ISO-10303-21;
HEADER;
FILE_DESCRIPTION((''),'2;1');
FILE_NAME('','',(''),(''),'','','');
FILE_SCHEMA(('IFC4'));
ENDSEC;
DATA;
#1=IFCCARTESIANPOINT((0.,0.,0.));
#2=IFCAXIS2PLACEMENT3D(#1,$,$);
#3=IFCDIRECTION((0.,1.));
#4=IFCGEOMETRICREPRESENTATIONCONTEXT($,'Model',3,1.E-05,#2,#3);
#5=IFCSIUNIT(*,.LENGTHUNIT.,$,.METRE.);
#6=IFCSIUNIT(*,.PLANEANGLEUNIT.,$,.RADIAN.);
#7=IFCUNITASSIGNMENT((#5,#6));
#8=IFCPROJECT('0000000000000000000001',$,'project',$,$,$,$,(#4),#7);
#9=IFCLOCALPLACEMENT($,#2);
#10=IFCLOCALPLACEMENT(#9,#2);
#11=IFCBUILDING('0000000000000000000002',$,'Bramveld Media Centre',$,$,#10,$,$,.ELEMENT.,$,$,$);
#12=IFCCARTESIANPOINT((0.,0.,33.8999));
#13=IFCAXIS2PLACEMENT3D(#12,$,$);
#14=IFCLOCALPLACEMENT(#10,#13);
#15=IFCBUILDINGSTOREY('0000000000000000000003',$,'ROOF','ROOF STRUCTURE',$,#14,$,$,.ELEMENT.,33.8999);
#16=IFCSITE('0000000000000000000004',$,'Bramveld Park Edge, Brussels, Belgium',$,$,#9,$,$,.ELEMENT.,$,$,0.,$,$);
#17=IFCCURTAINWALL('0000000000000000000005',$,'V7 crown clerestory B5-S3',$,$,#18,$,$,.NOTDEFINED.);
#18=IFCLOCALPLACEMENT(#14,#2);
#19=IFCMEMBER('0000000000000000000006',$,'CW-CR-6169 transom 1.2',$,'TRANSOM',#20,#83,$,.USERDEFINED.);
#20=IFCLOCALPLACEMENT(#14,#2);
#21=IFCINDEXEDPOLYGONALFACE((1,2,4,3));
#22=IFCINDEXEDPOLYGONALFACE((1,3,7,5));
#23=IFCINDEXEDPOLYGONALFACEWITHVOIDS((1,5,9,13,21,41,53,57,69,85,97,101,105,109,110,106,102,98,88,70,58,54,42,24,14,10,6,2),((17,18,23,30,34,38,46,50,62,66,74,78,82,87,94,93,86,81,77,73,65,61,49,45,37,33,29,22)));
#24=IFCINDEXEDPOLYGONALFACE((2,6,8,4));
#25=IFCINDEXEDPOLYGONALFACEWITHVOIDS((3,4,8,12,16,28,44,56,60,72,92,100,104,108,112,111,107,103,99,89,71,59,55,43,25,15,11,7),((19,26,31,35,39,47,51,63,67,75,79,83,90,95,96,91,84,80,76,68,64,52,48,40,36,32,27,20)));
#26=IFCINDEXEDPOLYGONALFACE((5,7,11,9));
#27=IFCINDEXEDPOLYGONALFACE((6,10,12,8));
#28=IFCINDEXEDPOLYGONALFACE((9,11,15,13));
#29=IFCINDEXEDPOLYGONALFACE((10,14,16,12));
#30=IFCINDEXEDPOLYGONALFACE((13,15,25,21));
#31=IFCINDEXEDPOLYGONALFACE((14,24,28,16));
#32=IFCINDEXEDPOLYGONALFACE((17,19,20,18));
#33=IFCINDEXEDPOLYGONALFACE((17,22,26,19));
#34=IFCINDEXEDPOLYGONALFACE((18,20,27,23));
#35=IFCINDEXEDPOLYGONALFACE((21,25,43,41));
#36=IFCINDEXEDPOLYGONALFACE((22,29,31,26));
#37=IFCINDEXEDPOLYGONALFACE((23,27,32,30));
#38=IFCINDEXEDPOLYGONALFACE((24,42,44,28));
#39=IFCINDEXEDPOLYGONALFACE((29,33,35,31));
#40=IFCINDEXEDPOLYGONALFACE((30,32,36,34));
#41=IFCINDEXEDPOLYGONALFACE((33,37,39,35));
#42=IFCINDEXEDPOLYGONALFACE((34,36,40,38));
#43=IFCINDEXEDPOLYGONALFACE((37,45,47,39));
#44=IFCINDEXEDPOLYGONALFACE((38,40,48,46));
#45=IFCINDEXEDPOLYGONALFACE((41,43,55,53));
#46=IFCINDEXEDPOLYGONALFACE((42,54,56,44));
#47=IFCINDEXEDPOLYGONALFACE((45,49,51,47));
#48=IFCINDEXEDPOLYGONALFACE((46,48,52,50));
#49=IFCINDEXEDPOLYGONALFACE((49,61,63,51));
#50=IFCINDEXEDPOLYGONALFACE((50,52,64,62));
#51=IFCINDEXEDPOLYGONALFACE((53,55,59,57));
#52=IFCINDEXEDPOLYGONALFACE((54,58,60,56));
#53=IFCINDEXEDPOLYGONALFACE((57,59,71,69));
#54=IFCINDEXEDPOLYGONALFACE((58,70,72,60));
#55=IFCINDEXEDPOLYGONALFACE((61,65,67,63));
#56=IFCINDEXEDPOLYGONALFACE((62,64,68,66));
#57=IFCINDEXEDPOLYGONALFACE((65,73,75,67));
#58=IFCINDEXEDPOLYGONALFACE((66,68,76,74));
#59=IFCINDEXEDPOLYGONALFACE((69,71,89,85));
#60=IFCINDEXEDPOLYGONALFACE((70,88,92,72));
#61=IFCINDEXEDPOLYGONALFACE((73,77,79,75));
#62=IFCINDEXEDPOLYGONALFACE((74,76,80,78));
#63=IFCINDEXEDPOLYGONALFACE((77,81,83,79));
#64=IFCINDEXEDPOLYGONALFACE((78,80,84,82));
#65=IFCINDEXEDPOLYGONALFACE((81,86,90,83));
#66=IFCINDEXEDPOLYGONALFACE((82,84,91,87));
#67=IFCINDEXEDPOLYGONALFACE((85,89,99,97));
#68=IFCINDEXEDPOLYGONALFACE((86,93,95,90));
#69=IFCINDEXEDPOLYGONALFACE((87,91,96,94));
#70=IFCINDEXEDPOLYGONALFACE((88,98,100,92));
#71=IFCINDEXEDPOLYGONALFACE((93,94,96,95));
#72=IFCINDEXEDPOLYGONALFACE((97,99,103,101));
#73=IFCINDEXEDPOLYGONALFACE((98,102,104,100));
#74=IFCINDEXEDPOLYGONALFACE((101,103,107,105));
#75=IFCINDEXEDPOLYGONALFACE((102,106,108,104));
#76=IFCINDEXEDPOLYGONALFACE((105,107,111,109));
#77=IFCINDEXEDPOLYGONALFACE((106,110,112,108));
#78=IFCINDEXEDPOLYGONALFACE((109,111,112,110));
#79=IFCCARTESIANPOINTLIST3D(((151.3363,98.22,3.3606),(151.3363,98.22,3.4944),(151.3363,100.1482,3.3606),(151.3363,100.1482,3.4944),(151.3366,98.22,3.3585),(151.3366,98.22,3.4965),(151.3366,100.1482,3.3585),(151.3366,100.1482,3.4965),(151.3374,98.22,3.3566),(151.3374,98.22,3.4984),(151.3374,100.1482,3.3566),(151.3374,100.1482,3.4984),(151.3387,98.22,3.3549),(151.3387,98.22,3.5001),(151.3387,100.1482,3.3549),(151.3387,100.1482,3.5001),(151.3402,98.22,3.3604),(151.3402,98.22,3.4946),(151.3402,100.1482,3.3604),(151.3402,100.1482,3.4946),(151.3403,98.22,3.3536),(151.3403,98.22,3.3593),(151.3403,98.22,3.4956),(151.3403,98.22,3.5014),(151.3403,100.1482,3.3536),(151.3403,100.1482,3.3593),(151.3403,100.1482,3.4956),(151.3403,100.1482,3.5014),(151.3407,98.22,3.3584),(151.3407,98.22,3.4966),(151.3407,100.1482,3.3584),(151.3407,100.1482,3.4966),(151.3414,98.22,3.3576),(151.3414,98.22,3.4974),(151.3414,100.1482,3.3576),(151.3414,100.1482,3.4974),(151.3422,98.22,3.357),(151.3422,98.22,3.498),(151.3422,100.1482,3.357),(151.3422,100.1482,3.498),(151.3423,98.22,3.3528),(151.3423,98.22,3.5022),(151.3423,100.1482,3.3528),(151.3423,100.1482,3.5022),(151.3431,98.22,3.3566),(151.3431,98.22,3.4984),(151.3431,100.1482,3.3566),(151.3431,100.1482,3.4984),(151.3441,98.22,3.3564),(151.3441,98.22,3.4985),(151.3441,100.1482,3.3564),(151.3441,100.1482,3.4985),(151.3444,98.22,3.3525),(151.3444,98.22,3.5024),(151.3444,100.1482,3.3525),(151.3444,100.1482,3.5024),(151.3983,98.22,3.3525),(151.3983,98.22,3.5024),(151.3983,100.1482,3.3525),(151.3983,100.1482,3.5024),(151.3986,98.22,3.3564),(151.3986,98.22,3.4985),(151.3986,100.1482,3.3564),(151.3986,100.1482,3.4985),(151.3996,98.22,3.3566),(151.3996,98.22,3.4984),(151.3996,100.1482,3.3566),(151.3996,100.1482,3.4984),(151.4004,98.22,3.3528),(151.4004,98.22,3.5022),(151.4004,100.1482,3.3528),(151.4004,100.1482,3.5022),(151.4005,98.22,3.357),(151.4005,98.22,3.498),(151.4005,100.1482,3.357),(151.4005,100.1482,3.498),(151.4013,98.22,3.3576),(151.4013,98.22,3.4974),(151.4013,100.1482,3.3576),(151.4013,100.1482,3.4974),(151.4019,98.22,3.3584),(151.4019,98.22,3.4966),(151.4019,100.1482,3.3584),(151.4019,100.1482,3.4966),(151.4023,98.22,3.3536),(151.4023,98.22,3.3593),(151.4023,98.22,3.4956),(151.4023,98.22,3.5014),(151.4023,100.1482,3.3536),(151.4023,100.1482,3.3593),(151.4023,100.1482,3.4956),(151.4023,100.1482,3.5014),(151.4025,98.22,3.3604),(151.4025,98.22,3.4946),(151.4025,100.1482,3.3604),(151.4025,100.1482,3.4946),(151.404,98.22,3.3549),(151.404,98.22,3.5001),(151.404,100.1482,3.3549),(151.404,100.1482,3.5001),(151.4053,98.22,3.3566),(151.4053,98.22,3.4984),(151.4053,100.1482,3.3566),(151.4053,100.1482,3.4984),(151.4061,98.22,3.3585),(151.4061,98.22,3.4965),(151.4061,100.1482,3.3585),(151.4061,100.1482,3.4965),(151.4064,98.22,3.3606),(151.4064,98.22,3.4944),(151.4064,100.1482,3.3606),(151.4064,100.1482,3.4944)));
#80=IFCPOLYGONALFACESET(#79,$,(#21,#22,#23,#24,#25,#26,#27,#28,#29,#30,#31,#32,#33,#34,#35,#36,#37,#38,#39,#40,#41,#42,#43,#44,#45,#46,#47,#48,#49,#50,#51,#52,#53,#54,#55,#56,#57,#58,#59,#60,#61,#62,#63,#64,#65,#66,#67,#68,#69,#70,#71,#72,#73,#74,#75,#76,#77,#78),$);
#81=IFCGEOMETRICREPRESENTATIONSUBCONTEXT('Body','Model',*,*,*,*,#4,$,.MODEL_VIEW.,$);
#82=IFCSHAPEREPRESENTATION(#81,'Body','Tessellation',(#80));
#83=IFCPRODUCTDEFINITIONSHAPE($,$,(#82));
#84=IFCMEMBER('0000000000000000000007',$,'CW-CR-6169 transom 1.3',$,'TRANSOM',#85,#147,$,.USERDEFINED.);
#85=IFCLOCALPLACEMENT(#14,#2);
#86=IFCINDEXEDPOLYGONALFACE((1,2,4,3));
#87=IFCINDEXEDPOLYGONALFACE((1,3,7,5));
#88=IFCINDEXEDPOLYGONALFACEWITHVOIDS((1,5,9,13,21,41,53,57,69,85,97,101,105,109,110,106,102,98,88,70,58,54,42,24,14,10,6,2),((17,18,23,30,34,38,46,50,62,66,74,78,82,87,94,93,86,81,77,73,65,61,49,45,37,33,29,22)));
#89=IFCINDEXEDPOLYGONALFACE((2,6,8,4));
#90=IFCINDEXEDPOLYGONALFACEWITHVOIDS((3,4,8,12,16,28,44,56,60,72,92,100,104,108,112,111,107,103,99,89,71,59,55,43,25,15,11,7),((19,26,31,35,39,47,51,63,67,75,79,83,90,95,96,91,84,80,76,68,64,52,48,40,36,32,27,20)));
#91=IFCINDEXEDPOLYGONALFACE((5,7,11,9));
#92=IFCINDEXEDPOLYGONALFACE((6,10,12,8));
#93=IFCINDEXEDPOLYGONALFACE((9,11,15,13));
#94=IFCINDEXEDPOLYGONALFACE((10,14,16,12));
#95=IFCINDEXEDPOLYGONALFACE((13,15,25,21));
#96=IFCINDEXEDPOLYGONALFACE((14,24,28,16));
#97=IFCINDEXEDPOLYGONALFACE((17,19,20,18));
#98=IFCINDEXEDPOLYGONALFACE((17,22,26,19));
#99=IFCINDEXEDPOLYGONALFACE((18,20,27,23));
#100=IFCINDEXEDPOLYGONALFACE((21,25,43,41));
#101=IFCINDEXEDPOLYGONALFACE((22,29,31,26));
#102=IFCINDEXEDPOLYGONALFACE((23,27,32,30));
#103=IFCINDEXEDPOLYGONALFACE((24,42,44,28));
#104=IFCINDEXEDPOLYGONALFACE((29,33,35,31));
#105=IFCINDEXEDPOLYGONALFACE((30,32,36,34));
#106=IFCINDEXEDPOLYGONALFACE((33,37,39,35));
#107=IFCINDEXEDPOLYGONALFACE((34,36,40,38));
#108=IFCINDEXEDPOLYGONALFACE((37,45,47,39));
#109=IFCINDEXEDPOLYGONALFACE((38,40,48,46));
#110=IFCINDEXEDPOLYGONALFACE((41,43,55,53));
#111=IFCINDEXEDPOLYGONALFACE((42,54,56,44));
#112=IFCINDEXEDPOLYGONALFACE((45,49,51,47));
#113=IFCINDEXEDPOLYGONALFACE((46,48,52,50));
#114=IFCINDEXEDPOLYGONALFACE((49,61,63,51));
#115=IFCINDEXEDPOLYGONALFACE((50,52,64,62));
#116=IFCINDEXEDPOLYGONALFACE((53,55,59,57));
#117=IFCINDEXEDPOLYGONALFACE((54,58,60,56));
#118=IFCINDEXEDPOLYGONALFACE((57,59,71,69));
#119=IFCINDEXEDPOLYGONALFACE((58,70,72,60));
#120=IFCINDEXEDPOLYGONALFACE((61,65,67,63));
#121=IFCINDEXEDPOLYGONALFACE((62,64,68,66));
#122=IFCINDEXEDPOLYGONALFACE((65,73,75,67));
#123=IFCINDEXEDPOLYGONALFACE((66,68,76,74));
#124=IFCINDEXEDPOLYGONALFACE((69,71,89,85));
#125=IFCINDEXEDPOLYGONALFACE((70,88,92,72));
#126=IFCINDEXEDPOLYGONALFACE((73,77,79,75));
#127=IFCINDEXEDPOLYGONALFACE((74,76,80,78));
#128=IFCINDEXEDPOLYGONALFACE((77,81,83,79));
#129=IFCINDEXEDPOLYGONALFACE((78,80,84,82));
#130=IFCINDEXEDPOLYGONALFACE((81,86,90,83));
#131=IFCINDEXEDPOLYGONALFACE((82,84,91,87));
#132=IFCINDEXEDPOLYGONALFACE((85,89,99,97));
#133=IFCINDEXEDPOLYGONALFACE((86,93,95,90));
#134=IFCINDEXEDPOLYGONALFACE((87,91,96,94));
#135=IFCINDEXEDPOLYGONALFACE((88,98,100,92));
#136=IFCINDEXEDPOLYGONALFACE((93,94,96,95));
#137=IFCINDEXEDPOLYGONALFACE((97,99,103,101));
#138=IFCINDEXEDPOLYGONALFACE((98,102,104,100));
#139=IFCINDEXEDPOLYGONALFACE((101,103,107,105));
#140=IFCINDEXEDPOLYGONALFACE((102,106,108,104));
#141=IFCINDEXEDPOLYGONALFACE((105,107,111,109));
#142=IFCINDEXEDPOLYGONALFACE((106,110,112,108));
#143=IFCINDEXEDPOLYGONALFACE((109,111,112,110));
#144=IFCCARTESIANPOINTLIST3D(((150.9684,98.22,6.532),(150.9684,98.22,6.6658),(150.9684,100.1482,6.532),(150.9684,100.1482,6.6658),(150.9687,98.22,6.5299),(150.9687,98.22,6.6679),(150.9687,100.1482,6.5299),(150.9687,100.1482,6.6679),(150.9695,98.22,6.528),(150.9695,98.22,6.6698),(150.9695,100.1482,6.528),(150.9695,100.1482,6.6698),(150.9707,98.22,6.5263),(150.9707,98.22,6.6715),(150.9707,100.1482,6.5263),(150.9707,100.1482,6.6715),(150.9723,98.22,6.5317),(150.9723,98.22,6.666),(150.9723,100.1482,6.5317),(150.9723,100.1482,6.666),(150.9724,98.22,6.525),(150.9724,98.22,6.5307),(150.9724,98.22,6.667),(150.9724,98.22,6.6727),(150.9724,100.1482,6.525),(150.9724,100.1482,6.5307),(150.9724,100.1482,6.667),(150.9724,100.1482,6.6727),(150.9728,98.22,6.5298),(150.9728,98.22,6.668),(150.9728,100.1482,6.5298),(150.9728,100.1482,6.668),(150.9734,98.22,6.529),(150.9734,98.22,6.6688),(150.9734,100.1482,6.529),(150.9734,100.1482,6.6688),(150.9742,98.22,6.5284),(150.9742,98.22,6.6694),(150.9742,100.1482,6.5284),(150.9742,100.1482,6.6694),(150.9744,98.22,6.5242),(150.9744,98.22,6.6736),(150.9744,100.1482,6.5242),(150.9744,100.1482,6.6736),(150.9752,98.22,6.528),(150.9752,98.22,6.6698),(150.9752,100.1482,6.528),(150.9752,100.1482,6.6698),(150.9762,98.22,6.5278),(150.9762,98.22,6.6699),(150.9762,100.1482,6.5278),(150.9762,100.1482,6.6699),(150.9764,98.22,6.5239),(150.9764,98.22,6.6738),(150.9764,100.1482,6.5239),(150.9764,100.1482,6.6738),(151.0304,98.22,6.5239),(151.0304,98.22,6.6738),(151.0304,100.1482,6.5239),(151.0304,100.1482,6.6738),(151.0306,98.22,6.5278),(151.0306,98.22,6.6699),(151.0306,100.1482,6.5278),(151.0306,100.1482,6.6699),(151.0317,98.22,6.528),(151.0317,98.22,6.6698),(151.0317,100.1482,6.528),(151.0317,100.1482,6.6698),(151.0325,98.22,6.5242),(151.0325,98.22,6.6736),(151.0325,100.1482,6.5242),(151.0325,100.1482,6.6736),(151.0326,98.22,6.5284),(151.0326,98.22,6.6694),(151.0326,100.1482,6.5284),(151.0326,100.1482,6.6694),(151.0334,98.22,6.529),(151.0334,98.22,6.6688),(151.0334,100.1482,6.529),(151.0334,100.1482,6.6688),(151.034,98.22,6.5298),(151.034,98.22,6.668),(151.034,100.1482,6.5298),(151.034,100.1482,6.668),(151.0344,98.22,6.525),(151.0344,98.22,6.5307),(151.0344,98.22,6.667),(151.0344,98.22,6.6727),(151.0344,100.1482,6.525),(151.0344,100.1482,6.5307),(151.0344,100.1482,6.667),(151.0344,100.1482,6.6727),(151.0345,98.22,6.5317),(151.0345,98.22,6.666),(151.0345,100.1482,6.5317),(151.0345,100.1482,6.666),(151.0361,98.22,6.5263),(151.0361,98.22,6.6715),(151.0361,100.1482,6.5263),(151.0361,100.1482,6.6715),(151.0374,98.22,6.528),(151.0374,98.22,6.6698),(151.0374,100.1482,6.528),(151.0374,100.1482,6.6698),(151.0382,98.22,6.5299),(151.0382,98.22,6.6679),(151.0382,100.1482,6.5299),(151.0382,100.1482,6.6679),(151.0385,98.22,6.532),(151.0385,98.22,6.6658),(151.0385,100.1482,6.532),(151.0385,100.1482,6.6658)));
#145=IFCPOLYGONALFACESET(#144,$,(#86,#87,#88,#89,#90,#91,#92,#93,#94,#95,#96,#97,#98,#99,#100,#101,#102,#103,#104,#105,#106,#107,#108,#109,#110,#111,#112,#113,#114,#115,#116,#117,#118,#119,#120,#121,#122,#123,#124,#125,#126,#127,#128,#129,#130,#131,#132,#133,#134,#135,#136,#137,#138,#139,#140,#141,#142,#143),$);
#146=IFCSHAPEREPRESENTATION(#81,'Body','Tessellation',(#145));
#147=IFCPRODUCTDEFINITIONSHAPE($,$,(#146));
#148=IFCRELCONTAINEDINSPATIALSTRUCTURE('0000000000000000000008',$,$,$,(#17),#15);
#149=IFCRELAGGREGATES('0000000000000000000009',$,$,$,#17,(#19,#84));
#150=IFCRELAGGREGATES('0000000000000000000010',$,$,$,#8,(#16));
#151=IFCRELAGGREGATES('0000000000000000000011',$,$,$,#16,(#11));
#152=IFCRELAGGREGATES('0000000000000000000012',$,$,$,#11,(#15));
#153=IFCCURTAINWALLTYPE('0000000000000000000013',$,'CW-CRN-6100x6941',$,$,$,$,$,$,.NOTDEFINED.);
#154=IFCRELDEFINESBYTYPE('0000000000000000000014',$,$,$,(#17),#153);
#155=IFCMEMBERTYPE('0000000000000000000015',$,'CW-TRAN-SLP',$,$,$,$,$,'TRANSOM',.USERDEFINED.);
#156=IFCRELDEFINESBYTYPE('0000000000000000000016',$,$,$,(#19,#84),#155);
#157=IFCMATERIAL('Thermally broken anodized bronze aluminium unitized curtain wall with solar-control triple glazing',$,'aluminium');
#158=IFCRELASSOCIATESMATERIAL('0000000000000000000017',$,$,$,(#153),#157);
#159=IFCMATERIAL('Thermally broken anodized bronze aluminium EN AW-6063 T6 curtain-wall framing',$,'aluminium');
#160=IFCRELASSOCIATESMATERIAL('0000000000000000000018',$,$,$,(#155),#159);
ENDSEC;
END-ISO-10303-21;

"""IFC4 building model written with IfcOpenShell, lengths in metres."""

from ifc_helpers import new_model, si_unit, direction, frame, origin, origin_2d, place, context, subcontext, project, spatial, hollow_rectangle, extrude, material, material_profile, profile_set, type_object, element, aggregate, save


model = new_model("IFC4")

# Units and contexts
model_context = context("Model", 3, precision=1e-05, world=origin(), true_north=direction((0.0, 1.0)))
body_context = subcontext(model_context, "Body", "Model", "MODEL_VIEW")
ifc_project = project(units=[si_unit("LENGTHUNIT", "METRE"), si_unit("PLANEANGLEUNIT", "RADIAN")], contexts=[model_context])

# Site, building, storey
site_placement = place(None, origin())
site = spatial("IfcSite", under=ifc_project, at=site_placement, Name="Bramveld Park Edge, Brussels, Belgium", CompositionType="ELEMENT", RefElevation=0.0)
building_placement = place(site_placement, origin())
building = spatial("IfcBuilding", under=site, at=building_placement, Name="Bramveld Media Centre", CompositionType="ELEMENT")
storey_placement = place(building_placement, frame((0.0, 0.0, 33.8999)))
storey = spatial("IfcBuildingStorey", under=building, at=storey_placement, Name="ROOF", Description="ROOF STRUCTURE", CompositionType="ELEMENT", Elevation=33.8999)

# Curtain wall, members
ifc_material_1 = material(Name="Thermally broken anodized bronze aluminium unitized curtain wall with solar-control triple glazing", Category="aluminium")
curtain_wall_type = type_object("IfcCurtainWallType", Name="CW-CRN-6100x6941", PredefinedType="NOTDEFINED", material=ifc_material_1)
ifc_material_2 = material(Name="Thermally broken anodized bronze aluminium EN AW-6063 T6 curtain-wall framing", Category="aluminium")
ifc_material_profile_1 = material_profile(ifc_material_2, hollow_rectangle(XDim=0.0701, YDim=0.1499, WallThickness=0.0039, InnerFilletRadius=0.0039, OuterFilletRadius=0.0081, at=origin_2d()), Name="AL-TRAN 70x150")
ifc_profile_set_1 = profile_set([ifc_material_profile_1], Name="Thermally broken anodized bronze aluminium EN AW-6063 T6 curtain-wall framing")
member_type_1 = type_object("IfcMemberType", Name="CW-TRAN-SLP", ElementType="TRANSOM", PredefinedType="USERDEFINED", material=ifc_profile_set_1)
curtain_wall_1_placement = place(storey_placement, origin())
curtain_wall_1 = element("IfcCurtainWall", 1, at=curtain_wall_1_placement, inside=storey, type_object=curtain_wall_type, Name="V7 crown clerestory B5-S3", PredefinedType="NOTDEFINED")
member_1_placement = place(storey_placement, frame((151.3713, 98.22, 3.4275), z_axis=(0.0, 1.0, 0.0), x_axis=(-1.0, 0.0, 0.0)))
member_1 = element("IfcMember", 2, at=member_1_placement, type_object=member_type_1, Name="CW-CR-6169 transom 1.2", ObjectType="TRANSOM", PredefinedType="USERDEFINED", context=body_context, shape_type="SweptSolid", body=[
    extrude(hollow_rectangle(XDim=0.0701, YDim=0.1499, WallThickness=0.0039, InnerFilletRadius=0.0039, OuterFilletRadius=0.0081, at=origin_2d()), origin(), (0.0, 0.0, 1.0), 1.9282),
])
member_2_placement = place(storey_placement, frame((151.0034, 98.22, 6.5989), z_axis=(0.0, 1.0, 0.0), x_axis=(-1.0, 0.0, 0.0)))
member_2 = element("IfcMember", 3, at=member_2_placement, type_object=member_type_1, Name="CW-CR-6169 transom 1.3", ObjectType="TRANSOM", PredefinedType="USERDEFINED", context=body_context, shape_type="SweptSolid", body=[
    extrude(hollow_rectangle(XDim=0.0701, YDim=0.1499, WallThickness=0.0039, InnerFilletRadius=0.0039, OuterFilletRadius=0.0081, at=origin_2d()), origin(), (0.0, 0.0, 1.0), 1.9282),
])

aggregate(curtain_wall_1, [member_1, member_2])

save(model, "model.ifc")
